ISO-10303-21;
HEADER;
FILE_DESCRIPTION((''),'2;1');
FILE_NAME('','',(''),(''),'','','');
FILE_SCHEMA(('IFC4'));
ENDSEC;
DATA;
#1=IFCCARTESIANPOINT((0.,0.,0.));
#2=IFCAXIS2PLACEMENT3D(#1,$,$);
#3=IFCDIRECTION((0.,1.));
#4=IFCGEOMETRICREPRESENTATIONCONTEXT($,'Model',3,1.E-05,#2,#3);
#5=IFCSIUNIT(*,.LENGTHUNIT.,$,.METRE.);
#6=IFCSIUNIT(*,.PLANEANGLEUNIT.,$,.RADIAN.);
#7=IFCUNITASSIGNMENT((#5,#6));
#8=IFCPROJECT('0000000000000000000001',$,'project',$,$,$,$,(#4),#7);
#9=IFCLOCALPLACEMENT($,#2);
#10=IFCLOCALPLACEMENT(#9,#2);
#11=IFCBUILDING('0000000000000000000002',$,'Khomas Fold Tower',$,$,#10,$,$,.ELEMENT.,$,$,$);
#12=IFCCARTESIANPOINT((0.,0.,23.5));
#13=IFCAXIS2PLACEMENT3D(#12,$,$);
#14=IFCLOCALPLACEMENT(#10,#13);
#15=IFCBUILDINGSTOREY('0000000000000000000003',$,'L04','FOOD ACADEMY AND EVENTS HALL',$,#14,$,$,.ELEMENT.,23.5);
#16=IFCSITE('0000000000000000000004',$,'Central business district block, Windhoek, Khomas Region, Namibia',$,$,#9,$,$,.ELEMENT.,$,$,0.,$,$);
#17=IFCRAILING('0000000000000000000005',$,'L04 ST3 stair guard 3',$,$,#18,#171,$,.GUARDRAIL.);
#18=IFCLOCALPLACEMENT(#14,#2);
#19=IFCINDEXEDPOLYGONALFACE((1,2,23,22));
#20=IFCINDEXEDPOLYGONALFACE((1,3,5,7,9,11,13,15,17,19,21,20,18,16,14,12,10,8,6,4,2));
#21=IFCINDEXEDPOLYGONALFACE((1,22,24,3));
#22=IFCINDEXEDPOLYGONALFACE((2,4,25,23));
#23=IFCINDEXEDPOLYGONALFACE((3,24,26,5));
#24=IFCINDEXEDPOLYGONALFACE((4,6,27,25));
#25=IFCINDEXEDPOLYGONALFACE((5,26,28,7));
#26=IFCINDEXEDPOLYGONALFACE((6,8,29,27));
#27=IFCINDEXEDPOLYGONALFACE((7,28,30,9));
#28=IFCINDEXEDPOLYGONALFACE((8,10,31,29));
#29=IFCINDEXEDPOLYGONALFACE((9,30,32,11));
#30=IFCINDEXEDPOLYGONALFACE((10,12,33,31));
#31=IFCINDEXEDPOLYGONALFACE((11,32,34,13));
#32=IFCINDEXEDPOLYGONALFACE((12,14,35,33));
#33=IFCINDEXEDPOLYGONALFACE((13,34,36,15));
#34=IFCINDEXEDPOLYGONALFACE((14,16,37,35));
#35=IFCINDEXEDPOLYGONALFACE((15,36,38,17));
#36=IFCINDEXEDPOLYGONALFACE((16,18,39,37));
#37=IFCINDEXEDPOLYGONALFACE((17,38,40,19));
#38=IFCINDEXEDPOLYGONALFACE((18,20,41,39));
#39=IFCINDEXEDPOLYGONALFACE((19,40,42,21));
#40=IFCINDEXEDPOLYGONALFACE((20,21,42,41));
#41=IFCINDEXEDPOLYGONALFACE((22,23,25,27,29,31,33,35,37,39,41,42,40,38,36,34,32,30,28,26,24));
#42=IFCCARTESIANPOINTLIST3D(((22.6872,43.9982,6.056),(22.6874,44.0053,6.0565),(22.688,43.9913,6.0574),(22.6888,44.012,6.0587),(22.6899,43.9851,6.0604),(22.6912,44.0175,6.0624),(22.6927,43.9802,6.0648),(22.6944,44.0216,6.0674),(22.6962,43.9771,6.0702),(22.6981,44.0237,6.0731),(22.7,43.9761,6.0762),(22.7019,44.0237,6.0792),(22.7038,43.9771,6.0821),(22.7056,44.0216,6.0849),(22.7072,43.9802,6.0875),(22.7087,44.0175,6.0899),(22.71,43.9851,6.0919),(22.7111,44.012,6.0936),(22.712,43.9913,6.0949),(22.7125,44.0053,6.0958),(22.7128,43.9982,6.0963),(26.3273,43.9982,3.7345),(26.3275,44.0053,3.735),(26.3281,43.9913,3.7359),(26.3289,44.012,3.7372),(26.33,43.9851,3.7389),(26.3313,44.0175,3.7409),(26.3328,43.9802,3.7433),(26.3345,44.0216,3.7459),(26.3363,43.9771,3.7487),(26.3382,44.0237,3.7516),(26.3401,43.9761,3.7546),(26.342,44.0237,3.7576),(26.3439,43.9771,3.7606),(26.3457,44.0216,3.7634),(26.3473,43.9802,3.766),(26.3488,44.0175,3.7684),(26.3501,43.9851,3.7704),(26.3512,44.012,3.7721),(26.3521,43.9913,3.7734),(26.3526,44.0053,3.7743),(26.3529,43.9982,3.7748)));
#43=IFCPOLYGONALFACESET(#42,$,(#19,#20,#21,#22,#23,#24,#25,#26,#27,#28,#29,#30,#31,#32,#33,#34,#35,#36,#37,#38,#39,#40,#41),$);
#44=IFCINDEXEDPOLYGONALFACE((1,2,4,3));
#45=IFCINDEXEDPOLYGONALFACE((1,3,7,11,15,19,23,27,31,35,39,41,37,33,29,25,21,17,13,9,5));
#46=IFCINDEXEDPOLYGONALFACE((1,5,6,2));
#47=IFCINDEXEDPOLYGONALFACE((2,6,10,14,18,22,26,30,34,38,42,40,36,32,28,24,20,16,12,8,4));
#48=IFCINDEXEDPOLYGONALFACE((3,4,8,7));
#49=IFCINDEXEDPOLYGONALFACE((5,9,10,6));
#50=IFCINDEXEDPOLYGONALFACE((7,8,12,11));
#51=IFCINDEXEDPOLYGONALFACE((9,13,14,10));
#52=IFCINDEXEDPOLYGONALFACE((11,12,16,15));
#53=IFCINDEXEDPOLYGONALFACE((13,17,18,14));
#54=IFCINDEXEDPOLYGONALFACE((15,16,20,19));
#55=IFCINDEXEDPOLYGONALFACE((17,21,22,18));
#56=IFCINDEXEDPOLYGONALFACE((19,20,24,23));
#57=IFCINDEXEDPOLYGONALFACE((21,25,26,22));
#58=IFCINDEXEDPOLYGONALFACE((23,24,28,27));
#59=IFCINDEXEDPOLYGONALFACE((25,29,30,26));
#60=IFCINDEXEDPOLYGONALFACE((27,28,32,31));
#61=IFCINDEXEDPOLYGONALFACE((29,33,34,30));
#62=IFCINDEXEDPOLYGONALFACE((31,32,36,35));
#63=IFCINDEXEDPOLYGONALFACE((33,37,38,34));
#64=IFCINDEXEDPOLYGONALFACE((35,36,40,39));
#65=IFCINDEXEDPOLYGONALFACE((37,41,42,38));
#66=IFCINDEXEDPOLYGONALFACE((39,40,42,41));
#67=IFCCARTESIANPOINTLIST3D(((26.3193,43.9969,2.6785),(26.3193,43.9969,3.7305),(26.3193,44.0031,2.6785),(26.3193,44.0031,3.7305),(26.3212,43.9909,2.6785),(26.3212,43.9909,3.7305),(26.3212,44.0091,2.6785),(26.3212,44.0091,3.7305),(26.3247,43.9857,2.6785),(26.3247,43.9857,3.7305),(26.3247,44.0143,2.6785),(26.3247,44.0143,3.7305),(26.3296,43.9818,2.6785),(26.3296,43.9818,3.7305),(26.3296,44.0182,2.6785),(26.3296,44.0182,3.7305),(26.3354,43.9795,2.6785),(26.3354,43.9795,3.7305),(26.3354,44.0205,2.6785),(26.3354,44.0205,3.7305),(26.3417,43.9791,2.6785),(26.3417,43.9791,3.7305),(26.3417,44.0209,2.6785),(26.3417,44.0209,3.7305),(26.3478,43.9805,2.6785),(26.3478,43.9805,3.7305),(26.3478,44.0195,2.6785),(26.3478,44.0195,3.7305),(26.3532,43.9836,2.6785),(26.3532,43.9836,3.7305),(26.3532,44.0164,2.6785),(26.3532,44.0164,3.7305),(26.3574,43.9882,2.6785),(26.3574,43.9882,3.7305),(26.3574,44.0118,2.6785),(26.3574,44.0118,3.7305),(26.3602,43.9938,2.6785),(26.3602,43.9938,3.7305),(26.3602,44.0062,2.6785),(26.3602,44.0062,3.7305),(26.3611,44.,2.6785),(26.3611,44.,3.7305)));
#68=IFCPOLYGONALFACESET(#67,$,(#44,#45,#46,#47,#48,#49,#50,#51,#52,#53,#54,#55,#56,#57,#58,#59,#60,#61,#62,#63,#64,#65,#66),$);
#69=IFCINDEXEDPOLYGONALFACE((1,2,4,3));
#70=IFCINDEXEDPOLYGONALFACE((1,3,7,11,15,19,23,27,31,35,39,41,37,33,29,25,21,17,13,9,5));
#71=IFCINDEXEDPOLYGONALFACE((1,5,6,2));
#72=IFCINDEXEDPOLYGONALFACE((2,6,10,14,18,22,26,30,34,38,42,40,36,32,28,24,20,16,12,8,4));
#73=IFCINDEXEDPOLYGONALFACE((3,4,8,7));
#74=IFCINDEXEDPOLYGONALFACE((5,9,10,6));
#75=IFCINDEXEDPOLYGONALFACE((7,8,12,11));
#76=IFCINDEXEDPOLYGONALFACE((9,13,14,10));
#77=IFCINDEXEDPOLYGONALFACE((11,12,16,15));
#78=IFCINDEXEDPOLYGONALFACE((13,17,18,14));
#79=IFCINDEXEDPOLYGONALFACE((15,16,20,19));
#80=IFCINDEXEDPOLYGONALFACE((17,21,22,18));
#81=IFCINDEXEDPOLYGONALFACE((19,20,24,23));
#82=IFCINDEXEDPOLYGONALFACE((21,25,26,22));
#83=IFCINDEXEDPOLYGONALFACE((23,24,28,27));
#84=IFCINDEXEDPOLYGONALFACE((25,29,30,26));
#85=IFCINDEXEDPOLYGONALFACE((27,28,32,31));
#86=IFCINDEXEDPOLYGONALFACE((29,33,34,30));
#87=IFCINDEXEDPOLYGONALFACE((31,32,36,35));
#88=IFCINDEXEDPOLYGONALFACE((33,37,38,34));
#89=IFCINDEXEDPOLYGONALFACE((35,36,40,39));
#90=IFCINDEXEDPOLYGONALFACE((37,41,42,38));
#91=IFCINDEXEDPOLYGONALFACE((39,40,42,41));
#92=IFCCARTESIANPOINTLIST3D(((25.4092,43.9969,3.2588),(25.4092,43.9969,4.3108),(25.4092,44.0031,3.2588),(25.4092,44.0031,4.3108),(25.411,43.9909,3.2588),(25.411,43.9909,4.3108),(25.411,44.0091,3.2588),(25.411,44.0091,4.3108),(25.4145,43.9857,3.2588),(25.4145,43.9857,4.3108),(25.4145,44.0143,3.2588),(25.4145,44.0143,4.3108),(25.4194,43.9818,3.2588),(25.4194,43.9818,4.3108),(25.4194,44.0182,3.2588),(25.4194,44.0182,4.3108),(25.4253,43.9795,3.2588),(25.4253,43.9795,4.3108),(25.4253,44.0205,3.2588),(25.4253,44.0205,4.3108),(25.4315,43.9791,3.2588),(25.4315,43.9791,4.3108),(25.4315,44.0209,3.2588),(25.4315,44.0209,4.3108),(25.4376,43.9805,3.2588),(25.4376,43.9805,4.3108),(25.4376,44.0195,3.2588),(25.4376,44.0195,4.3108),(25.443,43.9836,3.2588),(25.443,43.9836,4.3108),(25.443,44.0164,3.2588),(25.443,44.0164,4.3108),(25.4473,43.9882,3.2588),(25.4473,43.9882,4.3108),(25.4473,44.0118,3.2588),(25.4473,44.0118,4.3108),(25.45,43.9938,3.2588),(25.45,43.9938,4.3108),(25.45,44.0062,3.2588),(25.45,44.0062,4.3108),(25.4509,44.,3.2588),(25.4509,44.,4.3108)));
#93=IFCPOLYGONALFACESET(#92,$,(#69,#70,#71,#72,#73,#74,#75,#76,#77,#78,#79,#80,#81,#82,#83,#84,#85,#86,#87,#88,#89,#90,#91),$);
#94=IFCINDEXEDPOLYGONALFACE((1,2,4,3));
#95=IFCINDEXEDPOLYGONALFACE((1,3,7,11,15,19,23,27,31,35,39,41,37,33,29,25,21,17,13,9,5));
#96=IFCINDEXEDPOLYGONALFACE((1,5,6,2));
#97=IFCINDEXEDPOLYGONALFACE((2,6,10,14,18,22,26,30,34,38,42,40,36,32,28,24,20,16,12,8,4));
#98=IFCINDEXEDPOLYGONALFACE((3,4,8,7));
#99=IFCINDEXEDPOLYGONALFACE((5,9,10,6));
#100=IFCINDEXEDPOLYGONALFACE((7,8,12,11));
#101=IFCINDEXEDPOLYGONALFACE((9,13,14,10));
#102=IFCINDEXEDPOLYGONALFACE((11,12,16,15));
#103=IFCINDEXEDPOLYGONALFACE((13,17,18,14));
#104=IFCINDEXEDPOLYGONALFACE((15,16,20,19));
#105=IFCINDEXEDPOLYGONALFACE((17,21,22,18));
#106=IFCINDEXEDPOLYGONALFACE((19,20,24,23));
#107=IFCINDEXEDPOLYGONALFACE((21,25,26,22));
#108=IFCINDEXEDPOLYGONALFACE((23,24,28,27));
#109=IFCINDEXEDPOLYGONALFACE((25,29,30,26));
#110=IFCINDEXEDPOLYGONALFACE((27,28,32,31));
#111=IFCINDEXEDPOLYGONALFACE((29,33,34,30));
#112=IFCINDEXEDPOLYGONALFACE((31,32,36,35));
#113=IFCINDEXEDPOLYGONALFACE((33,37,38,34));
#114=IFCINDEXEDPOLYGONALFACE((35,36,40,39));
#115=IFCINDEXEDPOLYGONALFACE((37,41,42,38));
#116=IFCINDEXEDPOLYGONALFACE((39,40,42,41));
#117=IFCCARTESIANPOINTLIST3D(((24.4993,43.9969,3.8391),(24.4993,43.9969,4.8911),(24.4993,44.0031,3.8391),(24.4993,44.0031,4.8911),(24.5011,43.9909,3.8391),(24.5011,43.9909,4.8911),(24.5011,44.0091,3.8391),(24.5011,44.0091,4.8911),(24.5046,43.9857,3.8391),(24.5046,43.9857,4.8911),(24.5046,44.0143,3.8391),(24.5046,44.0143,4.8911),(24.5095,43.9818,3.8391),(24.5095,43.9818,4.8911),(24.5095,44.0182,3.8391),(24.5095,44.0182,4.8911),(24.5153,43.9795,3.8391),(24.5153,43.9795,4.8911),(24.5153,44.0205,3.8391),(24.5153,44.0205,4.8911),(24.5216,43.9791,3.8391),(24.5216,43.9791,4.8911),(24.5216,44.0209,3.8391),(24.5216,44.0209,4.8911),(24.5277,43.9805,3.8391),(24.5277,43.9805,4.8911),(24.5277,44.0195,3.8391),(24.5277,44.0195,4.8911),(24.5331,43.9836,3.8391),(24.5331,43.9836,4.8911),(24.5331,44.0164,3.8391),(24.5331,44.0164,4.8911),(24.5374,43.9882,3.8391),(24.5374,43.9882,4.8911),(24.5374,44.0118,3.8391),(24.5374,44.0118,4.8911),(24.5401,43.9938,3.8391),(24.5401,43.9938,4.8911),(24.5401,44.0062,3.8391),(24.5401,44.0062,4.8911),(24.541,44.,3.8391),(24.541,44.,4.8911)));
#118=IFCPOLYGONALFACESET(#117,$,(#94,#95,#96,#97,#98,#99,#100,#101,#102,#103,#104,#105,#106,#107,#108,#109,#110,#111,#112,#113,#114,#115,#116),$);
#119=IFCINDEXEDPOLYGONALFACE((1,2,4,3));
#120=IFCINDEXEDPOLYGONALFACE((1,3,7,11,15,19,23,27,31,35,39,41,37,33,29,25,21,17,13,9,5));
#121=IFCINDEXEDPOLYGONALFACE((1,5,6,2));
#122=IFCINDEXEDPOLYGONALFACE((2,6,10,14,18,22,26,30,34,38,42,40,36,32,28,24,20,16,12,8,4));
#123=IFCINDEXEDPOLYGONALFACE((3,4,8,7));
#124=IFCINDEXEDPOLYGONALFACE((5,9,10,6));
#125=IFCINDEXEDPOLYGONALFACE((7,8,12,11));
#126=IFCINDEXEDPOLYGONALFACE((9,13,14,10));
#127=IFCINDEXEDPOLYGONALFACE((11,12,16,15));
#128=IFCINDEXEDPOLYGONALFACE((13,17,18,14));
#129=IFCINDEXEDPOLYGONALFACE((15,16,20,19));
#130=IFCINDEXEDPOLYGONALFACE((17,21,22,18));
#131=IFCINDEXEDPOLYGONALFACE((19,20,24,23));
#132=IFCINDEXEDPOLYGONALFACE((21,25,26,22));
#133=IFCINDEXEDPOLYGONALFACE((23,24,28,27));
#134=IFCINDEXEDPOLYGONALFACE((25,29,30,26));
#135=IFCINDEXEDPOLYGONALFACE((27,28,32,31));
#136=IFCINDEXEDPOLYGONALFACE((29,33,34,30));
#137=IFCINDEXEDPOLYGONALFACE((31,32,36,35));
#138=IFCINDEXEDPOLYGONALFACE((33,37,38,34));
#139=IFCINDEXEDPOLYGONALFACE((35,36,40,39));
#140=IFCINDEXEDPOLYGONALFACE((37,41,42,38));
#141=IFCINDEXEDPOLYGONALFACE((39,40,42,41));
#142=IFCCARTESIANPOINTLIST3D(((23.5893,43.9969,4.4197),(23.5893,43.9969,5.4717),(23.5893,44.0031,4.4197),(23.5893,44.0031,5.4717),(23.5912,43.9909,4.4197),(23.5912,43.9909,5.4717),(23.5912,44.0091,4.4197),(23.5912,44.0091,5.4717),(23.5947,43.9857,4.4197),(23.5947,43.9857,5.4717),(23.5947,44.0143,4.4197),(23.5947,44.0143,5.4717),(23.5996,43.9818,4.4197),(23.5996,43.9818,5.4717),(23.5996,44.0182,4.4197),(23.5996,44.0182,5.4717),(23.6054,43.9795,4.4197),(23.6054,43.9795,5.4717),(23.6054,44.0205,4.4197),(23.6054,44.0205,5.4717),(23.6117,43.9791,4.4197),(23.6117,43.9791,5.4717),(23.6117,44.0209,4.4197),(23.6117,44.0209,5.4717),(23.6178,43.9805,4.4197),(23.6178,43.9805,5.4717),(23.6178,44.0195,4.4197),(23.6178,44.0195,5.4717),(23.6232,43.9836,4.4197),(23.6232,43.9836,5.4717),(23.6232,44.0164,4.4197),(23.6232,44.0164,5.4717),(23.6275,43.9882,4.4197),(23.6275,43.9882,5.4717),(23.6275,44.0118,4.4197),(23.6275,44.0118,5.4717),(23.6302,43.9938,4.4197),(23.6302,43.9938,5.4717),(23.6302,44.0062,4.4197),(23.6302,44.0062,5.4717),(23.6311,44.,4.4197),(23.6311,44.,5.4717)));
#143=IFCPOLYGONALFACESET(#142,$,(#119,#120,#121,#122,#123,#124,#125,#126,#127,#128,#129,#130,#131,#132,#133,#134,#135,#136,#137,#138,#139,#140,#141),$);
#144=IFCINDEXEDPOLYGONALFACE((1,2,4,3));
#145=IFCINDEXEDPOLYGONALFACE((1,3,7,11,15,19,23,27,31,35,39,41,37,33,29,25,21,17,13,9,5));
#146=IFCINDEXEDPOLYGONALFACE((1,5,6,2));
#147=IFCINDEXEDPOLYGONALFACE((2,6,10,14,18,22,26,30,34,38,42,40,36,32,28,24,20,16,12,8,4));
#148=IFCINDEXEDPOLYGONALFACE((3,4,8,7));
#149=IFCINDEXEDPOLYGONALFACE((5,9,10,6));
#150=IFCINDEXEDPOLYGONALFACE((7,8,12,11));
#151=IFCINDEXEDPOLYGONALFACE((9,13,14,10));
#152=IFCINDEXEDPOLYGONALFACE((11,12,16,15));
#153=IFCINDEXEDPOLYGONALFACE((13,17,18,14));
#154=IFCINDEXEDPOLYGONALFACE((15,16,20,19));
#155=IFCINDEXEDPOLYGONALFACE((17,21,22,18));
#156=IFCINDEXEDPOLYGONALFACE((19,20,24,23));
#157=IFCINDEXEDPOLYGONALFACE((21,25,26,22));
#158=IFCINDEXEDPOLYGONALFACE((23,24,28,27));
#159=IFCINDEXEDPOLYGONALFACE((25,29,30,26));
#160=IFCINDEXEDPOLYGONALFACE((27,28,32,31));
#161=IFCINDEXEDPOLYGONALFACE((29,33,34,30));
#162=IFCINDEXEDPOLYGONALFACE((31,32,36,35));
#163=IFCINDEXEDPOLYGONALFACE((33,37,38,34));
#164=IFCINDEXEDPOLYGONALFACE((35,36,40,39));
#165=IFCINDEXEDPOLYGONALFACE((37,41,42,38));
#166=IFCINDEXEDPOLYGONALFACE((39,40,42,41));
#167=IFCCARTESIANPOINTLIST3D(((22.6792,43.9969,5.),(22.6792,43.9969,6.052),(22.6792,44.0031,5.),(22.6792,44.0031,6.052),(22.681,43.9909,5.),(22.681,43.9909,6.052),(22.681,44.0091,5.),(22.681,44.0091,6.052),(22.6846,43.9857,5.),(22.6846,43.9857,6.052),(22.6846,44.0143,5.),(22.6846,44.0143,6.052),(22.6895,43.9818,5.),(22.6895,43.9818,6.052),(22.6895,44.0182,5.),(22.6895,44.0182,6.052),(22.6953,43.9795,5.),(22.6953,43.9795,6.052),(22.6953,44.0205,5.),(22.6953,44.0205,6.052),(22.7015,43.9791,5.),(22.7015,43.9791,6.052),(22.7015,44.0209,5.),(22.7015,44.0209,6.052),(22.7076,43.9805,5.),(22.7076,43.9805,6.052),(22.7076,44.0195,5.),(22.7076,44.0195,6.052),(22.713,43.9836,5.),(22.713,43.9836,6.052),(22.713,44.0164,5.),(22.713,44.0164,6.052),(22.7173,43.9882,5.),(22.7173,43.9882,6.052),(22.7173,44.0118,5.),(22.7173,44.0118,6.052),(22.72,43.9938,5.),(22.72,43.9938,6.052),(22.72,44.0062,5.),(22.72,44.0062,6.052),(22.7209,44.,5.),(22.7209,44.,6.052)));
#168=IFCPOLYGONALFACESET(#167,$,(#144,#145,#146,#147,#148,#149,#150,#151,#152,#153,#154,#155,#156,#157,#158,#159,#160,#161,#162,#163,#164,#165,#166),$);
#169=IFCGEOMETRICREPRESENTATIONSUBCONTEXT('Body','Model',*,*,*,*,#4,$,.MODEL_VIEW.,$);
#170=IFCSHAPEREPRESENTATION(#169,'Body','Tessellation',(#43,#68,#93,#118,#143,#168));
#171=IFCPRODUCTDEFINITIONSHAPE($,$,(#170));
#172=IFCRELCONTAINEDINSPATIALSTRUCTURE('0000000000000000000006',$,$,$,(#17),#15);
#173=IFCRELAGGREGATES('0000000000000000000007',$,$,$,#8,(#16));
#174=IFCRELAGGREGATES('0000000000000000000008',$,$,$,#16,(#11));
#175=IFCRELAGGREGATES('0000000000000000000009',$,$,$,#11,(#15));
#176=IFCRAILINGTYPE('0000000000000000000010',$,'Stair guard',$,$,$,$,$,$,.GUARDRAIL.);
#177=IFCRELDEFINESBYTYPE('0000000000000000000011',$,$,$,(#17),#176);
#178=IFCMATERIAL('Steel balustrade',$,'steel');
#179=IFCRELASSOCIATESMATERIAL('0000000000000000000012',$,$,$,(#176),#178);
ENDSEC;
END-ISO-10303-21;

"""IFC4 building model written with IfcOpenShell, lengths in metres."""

from ifc_helpers import new_model, si_unit, direction, frame, origin, origin_2d, place, context, subcontext, project, spatial, circle, extrude, source, transform, mapped, material, type_object, element, save


model = new_model("IFC4")

# Units and contexts
model_context = context("Model", 3, precision=1e-05, world=origin(), true_north=direction((0.0, 1.0)))
body_context = subcontext(model_context, "Body", "Model", "MODEL_VIEW")
ifc_project = project(units=[si_unit("LENGTHUNIT", "METRE"), si_unit("PLANEANGLEUNIT", "RADIAN")], contexts=[model_context])

# Site, building, storey
site_placement = place(None, origin())
site = spatial("IfcSite", under=ifc_project, at=site_placement, Name="Central business district block, Windhoek, Khomas Region, Namibia", CompositionType="ELEMENT", RefElevation=0.0)
building_placement = place(site_placement, origin())
building = spatial("IfcBuilding", under=site, at=building_placement, Name="Khomas Fold Tower", CompositionType="ELEMENT")
storey_placement = place(building_placement, frame((0.0, 0.0, 23.5)))
storey = spatial("IfcBuildingStorey", under=building, at=storey_placement, Name="L04", Description="FOOD ACADEMY AND EVENTS HALL", CompositionType="ELEMENT", Elevation=23.5)

# Railing
ifc_material_1 = material(Name="Steel balustrade", Category="steel")
railing_type_1 = type_object("IfcRailingType", Name="Stair guard", PredefinedType="GUARDRAIL", material=ifc_material_1)
shared_shape_1 = source(origin(), body_context, "Body", "SweptSolid", [
    extrude(circle(Radius=0.0239, at=origin_2d()), frame((0.0, 0.0, 1.0762), z_axis=(-0.843128, 0.0, 0.537713), x_axis=(0.0, -1.0, 0.0)), (0.0, 0.0, 1.0), 4.3174),
    extrude(circle(Radius=0.021, at=origin_2d()), origin(), (0.0, 0.0, 1.0), 1.052),
    extrude(circle(Radius=0.021, at=origin_2d()), frame((-0.9102, 0.0, 0.5803)), (0.0, 0.0, 1.0), 1.052),
    extrude(circle(Radius=0.021, at=origin_2d()), frame((-1.8201, 0.0, 1.1606)), (0.0, 0.0, 1.0), 1.052),
    extrude(circle(Radius=0.021, at=origin_2d()), frame((-2.73, 0.0, 1.7412)), (0.0, 0.0, 1.0), 1.052),
    extrude(circle(Radius=0.021, at=origin_2d()), frame((-3.6401, 0.0, 2.3215)), (0.0, 0.0, 1.0), 1.052),
])
railing_1_placement = place(storey_placement, frame((26.3401, 44.0, 2.6785)))
element("IfcRailing", 1, at=railing_1_placement, inside=storey, type_object=railing_type_1, Name="L04 ST3 stair guard 3", PredefinedType="GUARDRAIL", context=body_context, shape_type="MappedRepresentation", body=[
    mapped(shared_shape_1, transform((0.0, 0.0, 0.0))),
])

save(model, "model.ifc")
